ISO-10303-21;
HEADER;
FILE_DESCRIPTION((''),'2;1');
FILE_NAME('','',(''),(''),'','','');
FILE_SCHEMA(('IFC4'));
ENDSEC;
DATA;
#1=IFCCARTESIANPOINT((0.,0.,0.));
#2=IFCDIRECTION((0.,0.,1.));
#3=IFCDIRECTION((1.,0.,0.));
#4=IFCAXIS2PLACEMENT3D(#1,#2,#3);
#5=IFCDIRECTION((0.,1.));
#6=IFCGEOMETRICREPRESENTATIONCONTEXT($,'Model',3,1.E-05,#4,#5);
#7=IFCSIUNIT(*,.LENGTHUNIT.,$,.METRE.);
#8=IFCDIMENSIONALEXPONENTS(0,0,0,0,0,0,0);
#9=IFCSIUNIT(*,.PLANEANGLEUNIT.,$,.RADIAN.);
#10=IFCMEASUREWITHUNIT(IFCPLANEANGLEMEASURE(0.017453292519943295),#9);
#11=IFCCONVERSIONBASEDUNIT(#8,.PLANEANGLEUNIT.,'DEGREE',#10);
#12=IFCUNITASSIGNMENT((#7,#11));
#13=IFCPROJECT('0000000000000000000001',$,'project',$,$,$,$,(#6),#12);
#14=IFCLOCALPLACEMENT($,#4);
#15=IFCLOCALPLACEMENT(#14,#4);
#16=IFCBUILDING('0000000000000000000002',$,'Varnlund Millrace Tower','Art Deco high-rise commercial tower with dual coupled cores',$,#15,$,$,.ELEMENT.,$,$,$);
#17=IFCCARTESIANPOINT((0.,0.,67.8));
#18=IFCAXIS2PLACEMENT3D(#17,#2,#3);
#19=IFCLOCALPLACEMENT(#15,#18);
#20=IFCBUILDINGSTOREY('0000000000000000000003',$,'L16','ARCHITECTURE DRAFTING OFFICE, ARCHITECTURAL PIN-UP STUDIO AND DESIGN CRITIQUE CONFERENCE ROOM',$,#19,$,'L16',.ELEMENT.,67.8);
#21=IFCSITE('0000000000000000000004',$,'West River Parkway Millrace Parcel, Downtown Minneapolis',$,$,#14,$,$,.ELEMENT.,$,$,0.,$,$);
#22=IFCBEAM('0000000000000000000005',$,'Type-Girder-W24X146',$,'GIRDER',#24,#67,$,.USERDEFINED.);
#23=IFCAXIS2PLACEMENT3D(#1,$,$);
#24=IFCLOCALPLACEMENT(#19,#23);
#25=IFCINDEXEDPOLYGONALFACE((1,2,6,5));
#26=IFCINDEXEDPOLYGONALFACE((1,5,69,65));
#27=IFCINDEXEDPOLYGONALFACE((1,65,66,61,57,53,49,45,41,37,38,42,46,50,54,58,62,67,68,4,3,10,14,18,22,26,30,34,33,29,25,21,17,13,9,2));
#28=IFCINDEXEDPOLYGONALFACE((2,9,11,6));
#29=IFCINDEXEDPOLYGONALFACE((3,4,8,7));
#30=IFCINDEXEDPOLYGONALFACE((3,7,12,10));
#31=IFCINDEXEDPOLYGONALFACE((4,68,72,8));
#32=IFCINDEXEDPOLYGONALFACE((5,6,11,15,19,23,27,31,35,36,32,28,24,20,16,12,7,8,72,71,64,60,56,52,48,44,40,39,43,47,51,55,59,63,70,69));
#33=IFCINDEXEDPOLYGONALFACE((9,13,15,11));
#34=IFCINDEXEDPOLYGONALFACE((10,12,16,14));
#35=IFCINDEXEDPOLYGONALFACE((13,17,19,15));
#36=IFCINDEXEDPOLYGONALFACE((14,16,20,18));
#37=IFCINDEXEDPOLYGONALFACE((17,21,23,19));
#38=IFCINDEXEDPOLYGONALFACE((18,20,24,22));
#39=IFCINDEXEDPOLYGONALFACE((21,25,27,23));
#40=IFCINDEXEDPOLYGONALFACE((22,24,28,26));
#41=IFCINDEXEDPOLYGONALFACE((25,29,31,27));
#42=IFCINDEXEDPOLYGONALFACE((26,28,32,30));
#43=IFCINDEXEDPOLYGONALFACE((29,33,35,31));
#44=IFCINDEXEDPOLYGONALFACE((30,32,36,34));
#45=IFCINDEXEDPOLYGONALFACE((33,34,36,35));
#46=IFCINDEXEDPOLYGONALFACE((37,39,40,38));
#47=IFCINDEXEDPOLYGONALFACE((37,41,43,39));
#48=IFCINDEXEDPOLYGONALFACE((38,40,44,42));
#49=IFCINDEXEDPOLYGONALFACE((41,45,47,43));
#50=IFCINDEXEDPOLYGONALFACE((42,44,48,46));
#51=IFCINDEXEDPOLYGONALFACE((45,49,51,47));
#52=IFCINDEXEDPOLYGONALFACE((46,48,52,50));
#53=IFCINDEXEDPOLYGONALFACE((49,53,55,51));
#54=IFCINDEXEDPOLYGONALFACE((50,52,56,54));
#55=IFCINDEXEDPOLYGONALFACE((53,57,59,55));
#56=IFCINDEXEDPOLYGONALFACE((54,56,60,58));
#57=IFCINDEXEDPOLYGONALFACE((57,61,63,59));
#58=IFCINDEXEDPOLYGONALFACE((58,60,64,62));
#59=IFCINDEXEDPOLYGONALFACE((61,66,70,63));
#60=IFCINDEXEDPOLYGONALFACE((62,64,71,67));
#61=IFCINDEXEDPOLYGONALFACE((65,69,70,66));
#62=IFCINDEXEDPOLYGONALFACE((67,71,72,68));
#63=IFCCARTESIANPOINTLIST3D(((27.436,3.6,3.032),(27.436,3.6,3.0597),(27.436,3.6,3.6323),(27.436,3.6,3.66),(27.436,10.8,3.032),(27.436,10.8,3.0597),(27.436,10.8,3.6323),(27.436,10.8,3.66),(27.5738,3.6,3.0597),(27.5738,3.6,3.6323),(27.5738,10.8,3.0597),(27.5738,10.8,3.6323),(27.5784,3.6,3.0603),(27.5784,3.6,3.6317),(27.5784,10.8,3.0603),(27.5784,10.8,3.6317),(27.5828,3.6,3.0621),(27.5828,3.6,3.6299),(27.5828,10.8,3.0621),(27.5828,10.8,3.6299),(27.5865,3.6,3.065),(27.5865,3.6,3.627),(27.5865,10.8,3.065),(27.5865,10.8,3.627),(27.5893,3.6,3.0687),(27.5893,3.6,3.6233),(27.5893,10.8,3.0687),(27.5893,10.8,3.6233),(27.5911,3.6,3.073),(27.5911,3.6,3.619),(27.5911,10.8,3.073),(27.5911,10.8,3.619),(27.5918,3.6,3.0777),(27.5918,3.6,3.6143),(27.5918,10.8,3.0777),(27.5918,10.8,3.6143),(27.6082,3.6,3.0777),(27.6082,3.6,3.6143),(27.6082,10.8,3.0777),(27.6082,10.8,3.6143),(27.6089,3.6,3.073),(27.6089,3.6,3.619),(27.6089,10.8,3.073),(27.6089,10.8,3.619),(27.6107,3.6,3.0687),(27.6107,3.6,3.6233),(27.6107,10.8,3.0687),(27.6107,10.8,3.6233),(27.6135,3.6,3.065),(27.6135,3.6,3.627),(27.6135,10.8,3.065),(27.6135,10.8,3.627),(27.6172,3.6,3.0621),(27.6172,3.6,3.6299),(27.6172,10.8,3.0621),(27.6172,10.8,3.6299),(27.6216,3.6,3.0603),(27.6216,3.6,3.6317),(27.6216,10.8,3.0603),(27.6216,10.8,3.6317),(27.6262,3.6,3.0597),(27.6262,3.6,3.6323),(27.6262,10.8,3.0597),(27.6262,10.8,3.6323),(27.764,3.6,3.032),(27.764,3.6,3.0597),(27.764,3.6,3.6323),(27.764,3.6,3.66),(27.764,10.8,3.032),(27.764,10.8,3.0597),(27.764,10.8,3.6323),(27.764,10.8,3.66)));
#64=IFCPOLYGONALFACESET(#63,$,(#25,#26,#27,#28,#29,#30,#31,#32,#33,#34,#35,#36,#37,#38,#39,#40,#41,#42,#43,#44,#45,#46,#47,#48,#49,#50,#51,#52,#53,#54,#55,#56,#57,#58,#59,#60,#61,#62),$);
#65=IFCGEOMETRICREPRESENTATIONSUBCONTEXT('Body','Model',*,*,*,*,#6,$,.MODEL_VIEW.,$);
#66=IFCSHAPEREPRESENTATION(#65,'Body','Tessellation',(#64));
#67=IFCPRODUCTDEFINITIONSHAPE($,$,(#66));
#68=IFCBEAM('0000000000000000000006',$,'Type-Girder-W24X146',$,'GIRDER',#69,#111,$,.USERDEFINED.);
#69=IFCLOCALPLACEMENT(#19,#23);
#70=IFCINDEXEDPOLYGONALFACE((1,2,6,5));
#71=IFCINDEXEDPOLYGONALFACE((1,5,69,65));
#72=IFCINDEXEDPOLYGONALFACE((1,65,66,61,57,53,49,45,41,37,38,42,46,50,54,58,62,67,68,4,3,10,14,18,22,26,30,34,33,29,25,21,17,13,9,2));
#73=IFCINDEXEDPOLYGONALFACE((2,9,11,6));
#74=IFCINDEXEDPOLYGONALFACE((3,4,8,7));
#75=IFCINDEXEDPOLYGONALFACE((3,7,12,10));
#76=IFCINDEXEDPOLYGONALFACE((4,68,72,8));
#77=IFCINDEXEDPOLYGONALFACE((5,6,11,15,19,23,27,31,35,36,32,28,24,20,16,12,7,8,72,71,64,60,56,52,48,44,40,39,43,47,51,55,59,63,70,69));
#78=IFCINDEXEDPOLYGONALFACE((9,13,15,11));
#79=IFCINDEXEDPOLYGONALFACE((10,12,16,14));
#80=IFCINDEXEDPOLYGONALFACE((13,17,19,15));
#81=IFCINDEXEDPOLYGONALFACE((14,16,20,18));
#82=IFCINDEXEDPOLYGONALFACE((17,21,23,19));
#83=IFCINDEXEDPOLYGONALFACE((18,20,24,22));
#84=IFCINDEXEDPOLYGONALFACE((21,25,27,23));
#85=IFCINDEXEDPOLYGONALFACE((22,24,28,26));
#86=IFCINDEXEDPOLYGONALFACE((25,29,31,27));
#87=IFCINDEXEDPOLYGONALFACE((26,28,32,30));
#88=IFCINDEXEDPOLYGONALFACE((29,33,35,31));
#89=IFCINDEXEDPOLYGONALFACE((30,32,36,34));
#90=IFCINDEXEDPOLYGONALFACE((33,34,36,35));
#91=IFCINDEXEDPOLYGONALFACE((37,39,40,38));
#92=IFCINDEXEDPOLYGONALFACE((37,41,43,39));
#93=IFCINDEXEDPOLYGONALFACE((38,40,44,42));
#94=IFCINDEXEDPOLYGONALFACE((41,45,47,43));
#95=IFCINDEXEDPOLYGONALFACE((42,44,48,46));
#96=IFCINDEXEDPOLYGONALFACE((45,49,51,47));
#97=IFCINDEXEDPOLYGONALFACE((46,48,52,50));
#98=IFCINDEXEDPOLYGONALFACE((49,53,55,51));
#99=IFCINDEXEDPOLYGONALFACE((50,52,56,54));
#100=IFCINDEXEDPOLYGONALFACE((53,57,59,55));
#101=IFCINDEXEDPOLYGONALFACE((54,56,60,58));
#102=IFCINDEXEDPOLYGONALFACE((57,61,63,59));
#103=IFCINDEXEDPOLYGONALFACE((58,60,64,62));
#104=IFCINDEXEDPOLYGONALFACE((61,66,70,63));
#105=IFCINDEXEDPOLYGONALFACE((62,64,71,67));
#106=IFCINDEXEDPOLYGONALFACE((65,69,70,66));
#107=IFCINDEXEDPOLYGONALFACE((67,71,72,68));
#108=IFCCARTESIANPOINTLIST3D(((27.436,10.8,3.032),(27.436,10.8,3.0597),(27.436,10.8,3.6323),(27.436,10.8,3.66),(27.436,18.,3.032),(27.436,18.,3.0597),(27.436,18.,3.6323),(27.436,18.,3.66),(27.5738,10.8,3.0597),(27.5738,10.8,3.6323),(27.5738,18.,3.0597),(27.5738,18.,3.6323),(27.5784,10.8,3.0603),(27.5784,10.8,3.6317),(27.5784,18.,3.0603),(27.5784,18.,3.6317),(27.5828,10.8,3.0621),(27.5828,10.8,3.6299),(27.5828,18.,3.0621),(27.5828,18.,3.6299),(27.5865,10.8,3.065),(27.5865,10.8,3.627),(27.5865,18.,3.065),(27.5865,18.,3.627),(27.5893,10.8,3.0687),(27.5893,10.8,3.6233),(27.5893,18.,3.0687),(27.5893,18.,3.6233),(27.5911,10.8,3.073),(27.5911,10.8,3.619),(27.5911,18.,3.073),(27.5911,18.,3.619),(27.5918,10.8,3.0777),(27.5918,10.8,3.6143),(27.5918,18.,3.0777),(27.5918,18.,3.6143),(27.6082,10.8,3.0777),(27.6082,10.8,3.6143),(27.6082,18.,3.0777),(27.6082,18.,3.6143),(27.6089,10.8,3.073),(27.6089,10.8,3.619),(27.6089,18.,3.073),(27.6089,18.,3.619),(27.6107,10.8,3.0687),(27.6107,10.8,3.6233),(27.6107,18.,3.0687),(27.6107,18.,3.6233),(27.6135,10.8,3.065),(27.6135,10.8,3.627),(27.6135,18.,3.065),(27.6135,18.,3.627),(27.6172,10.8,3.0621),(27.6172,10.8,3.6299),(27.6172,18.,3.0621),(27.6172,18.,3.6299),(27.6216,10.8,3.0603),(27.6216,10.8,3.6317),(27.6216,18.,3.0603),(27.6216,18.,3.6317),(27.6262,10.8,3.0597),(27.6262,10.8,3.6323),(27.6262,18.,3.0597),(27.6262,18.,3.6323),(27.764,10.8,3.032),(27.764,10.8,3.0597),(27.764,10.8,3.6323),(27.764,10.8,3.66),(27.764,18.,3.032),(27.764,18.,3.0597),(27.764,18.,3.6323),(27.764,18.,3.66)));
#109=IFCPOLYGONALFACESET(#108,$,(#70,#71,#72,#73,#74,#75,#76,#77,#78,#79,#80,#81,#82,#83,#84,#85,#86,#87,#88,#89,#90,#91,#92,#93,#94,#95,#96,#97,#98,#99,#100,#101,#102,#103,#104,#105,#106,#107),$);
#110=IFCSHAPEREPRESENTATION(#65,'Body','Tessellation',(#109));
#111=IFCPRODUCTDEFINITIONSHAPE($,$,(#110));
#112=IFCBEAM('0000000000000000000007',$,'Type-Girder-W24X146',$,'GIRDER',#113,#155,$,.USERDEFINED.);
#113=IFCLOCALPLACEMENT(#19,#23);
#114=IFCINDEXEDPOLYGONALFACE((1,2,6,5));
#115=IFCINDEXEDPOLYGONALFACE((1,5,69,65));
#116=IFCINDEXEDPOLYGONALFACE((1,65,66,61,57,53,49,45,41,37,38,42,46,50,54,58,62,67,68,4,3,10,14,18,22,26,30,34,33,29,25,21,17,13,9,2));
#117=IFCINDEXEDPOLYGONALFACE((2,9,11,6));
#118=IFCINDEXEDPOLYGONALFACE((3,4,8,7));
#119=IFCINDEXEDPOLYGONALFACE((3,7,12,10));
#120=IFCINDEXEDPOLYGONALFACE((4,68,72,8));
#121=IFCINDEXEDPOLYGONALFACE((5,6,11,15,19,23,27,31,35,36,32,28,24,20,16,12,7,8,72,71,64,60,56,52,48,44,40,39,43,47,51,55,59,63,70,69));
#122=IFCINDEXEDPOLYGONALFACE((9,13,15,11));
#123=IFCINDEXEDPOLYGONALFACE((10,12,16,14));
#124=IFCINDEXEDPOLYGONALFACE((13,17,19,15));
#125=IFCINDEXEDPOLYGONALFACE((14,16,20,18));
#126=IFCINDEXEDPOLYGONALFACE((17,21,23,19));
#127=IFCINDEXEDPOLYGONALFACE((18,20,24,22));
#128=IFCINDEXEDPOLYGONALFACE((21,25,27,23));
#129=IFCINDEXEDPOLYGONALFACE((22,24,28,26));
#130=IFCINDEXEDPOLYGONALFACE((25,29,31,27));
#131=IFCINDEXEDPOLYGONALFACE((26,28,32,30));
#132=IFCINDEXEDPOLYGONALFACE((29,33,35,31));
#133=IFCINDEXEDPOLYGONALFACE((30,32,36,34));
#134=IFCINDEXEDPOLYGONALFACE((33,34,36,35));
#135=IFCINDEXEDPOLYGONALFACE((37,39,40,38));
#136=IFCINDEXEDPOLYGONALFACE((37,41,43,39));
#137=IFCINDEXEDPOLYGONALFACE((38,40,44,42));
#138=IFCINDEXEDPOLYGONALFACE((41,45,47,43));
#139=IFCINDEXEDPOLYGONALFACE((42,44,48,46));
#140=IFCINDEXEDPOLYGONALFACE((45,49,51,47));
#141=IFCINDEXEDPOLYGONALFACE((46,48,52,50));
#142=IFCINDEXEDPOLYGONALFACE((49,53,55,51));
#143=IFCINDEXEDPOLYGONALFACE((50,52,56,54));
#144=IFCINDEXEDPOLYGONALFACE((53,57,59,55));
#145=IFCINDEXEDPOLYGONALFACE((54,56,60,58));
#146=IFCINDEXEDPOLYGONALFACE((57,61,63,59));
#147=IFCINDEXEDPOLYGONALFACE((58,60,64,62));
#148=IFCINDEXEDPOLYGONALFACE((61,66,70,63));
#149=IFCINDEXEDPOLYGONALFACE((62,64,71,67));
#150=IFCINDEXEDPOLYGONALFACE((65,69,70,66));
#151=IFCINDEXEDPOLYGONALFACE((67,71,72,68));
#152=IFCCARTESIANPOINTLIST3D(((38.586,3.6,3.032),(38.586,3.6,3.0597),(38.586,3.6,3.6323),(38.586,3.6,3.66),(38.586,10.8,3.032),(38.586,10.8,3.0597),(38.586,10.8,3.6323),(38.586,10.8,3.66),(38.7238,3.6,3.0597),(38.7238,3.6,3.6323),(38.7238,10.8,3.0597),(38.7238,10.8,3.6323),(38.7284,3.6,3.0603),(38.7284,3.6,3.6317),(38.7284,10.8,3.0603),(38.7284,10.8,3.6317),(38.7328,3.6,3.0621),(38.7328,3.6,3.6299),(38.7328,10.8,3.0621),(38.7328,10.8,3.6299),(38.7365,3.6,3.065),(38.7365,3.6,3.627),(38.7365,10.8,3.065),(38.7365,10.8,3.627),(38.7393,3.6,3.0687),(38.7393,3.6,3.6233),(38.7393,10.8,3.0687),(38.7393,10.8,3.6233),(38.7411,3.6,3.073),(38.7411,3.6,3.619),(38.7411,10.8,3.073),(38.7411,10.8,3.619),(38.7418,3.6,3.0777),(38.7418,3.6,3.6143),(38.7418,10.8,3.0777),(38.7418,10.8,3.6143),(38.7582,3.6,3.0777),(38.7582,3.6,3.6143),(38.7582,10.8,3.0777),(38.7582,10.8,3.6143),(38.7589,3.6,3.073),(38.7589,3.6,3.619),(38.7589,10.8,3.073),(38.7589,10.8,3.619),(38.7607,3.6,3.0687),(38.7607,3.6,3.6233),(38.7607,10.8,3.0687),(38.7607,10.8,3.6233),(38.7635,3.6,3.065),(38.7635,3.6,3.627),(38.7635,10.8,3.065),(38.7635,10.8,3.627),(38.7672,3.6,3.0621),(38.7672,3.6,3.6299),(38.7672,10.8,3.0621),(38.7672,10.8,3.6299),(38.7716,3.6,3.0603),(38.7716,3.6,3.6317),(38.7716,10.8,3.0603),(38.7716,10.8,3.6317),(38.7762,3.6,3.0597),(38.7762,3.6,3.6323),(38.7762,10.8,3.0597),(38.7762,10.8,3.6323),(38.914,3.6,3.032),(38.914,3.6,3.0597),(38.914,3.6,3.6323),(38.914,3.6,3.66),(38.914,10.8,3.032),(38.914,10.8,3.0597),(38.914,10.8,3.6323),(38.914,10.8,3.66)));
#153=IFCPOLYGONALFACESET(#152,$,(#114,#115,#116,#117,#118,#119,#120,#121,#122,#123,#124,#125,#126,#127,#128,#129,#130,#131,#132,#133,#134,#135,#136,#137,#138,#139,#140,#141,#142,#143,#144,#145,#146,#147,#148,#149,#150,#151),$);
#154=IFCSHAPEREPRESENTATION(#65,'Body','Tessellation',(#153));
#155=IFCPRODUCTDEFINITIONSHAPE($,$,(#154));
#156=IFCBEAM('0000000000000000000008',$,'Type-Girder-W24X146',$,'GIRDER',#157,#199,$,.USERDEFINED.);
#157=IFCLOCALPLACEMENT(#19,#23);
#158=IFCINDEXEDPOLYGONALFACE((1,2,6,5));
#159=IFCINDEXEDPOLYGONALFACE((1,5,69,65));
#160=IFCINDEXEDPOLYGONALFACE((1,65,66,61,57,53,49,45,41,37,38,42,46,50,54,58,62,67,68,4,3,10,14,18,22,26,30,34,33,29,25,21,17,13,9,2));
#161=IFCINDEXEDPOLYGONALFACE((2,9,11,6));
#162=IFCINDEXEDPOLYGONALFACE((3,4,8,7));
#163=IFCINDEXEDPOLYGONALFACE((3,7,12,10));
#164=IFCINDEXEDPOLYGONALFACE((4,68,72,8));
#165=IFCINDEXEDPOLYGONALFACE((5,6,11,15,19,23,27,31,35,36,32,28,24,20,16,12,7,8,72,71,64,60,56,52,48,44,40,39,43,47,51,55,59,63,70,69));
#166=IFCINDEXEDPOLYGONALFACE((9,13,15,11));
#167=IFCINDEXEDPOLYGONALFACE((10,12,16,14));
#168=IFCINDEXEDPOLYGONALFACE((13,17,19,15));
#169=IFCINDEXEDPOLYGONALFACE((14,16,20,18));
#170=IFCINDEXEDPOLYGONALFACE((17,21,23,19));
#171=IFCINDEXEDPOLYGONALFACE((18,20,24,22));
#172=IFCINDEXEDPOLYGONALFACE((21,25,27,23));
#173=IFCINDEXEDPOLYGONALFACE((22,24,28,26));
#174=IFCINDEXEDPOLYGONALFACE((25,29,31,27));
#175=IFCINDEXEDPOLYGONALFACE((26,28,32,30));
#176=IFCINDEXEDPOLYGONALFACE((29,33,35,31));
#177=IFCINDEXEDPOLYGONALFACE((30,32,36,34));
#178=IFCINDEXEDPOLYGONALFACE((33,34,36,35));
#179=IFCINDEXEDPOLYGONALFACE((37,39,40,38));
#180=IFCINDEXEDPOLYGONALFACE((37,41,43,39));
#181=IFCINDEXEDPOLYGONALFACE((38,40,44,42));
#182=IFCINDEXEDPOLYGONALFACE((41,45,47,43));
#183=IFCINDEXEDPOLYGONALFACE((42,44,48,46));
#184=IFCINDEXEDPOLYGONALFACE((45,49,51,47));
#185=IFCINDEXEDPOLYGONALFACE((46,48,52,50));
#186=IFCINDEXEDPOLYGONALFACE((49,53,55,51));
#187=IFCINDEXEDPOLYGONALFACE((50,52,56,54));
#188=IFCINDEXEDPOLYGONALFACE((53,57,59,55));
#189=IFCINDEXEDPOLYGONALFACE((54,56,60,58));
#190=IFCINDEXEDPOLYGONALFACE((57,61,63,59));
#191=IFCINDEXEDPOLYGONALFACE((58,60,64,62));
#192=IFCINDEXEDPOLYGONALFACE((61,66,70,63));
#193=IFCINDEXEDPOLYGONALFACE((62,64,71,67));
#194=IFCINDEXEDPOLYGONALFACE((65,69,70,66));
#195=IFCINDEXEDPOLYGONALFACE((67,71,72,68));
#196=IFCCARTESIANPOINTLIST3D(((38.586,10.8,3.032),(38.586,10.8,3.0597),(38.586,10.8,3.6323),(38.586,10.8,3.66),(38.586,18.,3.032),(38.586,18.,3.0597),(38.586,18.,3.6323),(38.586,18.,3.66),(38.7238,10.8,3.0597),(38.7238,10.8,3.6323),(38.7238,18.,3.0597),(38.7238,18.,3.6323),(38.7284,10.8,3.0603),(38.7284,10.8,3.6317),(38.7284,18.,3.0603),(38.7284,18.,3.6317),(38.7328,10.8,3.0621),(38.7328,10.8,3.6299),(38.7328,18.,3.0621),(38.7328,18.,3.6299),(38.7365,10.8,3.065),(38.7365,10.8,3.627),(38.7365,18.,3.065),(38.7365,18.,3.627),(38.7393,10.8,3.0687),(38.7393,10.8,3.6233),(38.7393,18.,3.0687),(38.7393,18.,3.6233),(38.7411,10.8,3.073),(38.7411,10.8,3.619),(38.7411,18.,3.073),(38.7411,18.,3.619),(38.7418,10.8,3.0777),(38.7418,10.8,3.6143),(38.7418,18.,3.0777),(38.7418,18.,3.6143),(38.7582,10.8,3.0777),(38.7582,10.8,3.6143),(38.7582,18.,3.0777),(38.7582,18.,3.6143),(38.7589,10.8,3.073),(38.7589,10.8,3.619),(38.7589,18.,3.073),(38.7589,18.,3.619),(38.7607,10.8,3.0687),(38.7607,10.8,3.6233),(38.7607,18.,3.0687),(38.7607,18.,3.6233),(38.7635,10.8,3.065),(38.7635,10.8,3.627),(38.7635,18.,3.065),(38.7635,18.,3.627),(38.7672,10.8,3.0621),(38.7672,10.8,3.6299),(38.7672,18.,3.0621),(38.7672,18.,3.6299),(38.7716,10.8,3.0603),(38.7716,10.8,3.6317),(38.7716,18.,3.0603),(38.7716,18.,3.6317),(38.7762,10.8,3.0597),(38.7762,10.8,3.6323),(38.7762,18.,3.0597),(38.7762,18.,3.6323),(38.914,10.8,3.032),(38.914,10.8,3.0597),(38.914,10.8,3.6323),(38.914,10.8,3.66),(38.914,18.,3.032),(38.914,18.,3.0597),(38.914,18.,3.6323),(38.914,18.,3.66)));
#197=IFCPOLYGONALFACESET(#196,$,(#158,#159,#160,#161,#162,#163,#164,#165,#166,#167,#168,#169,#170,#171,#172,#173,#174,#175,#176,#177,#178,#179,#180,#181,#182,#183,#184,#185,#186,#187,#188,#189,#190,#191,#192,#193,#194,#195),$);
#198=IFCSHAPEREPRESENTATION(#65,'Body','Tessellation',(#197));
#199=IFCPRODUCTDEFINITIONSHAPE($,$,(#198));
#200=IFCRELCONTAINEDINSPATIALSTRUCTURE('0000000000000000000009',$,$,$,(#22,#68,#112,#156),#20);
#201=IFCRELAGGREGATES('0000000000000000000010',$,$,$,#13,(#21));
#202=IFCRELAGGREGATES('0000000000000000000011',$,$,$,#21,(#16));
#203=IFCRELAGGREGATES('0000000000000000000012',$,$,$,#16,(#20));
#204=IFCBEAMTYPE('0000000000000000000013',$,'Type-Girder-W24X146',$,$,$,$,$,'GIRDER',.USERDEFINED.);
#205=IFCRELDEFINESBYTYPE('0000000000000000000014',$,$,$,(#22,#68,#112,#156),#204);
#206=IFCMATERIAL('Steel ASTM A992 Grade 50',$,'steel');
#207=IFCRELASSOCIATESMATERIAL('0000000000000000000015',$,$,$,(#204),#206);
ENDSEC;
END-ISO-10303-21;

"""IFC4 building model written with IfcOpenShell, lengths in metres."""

from ifc_helpers import new_model, entity, si_unit, converted_unit, direction, frame, origin_with_axes, origin_2d_with_axis, place, context, subcontext, project, spatial, i_section, extrude, material, material_profile, profile_set, type_object, element, save


model = new_model("IFC4")

# Units and contexts
model_context = context("Model", 3, precision=1e-05, world=origin_with_axes(), true_north=direction((0.0, 1.0)))
body_context = subcontext(model_context, "Body", "Model", "MODEL_VIEW")
ifc_project = project(units=[si_unit("LENGTHUNIT", "METRE"), converted_unit("PLANEANGLEUNIT", "DEGREE", entity("IfcPlaneAngleMeasure", 0.017453292519943295), si_unit("PLANEANGLEUNIT", "RADIAN"), dimensions=[0, 0, 0, 0, 0, 0, 0])], contexts=[model_context])

# Site, building, storey
site_placement = place(None, origin_with_axes())
site = spatial("IfcSite", under=ifc_project, at=site_placement, Name="West River Parkway Millrace Parcel, Downtown Minneapolis", CompositionType="ELEMENT", RefElevation=0.0)
building_placement = place(site_placement, origin_with_axes())
building = spatial("IfcBuilding", under=site, at=building_placement, Name="Varnlund Millrace Tower", Description="Art Deco high-rise commercial tower with dual coupled cores", CompositionType="ELEMENT")
storey_placement = place(building_placement, frame((0.0, 0.0, 67.8), z_axis=(0.0, 0.0, 1.0), x_axis=(1.0, 0.0, 0.0)))
storey = spatial("IfcBuildingStorey", under=building, at=storey_placement, Name="L16", Description="ARCHITECTURE DRAFTING OFFICE, ARCHITECTURAL PIN-UP STUDIO AND DESIGN CRITIQUE CONFERENCE ROOM", LongName="L16", CompositionType="ELEMENT", Elevation=67.8)

# Beams
ifc_material_1 = material(Name="Steel ASTM A992 Grade 50", Category="steel")
ifc_material_profile_1 = material_profile(ifc_material_1, i_section(OverallWidth=0.328, OverallDepth=0.628, WebThickness=0.0165, FlangeThickness=0.0277, FilletRadius=0.018, at=origin_2d_with_axis()), Name="Steel ASTM A992 Grade 50")
ifc_profile_set_1 = profile_set([ifc_material_profile_1], Name="Steel ASTM A992 Grade 50")
beam_type_1 = type_object("IfcBeamType", Name="Type-Girder-W24X146", ElementType="GIRDER", PredefinedType="USERDEFINED", material=ifc_profile_set_1)
for number, where, z_axis, x_axis, name in (
    (1, (27.6, 3.6, 3.346), (0.0, 1.0, 0.0), (-1.0, 0.0, 0.0), "Type-Girder-W24X146"),
    (2, (27.6, 10.8, 3.346), (0.0, 1.0, 0.0), (-1.0, 0.0, 0.0), "Type-Girder-W24X146"),
    (3, (38.75, 3.6, 3.346), (0.0, 1.0, 0.0), (-1.0, 0.0, 0.0), "Type-Girder-W24X146"),
    (4, (38.75, 10.8, 3.346), (0.0, 1.0, 0.0), (-1.0, 0.0, 0.0), "Type-Girder-W24X146"),
):
    element("IfcBeam", number, at=place(storey_placement, frame(where, z_axis=z_axis, x_axis=x_axis)), inside=storey, type_object=beam_type_1, Name=name, ObjectType="GIRDER", PredefinedType="USERDEFINED", context=body_context, shape_type="SweptSolid", body=[
        extrude(i_section(OverallWidth=0.328, OverallDepth=0.628, WebThickness=0.0165, FlangeThickness=0.0277, FilletRadius=0.018, at=origin_2d_with_axis()), origin_with_axes(), (0.0, 0.0, 1.0), 7.2),
    ])

save(model, "model.ifc")
